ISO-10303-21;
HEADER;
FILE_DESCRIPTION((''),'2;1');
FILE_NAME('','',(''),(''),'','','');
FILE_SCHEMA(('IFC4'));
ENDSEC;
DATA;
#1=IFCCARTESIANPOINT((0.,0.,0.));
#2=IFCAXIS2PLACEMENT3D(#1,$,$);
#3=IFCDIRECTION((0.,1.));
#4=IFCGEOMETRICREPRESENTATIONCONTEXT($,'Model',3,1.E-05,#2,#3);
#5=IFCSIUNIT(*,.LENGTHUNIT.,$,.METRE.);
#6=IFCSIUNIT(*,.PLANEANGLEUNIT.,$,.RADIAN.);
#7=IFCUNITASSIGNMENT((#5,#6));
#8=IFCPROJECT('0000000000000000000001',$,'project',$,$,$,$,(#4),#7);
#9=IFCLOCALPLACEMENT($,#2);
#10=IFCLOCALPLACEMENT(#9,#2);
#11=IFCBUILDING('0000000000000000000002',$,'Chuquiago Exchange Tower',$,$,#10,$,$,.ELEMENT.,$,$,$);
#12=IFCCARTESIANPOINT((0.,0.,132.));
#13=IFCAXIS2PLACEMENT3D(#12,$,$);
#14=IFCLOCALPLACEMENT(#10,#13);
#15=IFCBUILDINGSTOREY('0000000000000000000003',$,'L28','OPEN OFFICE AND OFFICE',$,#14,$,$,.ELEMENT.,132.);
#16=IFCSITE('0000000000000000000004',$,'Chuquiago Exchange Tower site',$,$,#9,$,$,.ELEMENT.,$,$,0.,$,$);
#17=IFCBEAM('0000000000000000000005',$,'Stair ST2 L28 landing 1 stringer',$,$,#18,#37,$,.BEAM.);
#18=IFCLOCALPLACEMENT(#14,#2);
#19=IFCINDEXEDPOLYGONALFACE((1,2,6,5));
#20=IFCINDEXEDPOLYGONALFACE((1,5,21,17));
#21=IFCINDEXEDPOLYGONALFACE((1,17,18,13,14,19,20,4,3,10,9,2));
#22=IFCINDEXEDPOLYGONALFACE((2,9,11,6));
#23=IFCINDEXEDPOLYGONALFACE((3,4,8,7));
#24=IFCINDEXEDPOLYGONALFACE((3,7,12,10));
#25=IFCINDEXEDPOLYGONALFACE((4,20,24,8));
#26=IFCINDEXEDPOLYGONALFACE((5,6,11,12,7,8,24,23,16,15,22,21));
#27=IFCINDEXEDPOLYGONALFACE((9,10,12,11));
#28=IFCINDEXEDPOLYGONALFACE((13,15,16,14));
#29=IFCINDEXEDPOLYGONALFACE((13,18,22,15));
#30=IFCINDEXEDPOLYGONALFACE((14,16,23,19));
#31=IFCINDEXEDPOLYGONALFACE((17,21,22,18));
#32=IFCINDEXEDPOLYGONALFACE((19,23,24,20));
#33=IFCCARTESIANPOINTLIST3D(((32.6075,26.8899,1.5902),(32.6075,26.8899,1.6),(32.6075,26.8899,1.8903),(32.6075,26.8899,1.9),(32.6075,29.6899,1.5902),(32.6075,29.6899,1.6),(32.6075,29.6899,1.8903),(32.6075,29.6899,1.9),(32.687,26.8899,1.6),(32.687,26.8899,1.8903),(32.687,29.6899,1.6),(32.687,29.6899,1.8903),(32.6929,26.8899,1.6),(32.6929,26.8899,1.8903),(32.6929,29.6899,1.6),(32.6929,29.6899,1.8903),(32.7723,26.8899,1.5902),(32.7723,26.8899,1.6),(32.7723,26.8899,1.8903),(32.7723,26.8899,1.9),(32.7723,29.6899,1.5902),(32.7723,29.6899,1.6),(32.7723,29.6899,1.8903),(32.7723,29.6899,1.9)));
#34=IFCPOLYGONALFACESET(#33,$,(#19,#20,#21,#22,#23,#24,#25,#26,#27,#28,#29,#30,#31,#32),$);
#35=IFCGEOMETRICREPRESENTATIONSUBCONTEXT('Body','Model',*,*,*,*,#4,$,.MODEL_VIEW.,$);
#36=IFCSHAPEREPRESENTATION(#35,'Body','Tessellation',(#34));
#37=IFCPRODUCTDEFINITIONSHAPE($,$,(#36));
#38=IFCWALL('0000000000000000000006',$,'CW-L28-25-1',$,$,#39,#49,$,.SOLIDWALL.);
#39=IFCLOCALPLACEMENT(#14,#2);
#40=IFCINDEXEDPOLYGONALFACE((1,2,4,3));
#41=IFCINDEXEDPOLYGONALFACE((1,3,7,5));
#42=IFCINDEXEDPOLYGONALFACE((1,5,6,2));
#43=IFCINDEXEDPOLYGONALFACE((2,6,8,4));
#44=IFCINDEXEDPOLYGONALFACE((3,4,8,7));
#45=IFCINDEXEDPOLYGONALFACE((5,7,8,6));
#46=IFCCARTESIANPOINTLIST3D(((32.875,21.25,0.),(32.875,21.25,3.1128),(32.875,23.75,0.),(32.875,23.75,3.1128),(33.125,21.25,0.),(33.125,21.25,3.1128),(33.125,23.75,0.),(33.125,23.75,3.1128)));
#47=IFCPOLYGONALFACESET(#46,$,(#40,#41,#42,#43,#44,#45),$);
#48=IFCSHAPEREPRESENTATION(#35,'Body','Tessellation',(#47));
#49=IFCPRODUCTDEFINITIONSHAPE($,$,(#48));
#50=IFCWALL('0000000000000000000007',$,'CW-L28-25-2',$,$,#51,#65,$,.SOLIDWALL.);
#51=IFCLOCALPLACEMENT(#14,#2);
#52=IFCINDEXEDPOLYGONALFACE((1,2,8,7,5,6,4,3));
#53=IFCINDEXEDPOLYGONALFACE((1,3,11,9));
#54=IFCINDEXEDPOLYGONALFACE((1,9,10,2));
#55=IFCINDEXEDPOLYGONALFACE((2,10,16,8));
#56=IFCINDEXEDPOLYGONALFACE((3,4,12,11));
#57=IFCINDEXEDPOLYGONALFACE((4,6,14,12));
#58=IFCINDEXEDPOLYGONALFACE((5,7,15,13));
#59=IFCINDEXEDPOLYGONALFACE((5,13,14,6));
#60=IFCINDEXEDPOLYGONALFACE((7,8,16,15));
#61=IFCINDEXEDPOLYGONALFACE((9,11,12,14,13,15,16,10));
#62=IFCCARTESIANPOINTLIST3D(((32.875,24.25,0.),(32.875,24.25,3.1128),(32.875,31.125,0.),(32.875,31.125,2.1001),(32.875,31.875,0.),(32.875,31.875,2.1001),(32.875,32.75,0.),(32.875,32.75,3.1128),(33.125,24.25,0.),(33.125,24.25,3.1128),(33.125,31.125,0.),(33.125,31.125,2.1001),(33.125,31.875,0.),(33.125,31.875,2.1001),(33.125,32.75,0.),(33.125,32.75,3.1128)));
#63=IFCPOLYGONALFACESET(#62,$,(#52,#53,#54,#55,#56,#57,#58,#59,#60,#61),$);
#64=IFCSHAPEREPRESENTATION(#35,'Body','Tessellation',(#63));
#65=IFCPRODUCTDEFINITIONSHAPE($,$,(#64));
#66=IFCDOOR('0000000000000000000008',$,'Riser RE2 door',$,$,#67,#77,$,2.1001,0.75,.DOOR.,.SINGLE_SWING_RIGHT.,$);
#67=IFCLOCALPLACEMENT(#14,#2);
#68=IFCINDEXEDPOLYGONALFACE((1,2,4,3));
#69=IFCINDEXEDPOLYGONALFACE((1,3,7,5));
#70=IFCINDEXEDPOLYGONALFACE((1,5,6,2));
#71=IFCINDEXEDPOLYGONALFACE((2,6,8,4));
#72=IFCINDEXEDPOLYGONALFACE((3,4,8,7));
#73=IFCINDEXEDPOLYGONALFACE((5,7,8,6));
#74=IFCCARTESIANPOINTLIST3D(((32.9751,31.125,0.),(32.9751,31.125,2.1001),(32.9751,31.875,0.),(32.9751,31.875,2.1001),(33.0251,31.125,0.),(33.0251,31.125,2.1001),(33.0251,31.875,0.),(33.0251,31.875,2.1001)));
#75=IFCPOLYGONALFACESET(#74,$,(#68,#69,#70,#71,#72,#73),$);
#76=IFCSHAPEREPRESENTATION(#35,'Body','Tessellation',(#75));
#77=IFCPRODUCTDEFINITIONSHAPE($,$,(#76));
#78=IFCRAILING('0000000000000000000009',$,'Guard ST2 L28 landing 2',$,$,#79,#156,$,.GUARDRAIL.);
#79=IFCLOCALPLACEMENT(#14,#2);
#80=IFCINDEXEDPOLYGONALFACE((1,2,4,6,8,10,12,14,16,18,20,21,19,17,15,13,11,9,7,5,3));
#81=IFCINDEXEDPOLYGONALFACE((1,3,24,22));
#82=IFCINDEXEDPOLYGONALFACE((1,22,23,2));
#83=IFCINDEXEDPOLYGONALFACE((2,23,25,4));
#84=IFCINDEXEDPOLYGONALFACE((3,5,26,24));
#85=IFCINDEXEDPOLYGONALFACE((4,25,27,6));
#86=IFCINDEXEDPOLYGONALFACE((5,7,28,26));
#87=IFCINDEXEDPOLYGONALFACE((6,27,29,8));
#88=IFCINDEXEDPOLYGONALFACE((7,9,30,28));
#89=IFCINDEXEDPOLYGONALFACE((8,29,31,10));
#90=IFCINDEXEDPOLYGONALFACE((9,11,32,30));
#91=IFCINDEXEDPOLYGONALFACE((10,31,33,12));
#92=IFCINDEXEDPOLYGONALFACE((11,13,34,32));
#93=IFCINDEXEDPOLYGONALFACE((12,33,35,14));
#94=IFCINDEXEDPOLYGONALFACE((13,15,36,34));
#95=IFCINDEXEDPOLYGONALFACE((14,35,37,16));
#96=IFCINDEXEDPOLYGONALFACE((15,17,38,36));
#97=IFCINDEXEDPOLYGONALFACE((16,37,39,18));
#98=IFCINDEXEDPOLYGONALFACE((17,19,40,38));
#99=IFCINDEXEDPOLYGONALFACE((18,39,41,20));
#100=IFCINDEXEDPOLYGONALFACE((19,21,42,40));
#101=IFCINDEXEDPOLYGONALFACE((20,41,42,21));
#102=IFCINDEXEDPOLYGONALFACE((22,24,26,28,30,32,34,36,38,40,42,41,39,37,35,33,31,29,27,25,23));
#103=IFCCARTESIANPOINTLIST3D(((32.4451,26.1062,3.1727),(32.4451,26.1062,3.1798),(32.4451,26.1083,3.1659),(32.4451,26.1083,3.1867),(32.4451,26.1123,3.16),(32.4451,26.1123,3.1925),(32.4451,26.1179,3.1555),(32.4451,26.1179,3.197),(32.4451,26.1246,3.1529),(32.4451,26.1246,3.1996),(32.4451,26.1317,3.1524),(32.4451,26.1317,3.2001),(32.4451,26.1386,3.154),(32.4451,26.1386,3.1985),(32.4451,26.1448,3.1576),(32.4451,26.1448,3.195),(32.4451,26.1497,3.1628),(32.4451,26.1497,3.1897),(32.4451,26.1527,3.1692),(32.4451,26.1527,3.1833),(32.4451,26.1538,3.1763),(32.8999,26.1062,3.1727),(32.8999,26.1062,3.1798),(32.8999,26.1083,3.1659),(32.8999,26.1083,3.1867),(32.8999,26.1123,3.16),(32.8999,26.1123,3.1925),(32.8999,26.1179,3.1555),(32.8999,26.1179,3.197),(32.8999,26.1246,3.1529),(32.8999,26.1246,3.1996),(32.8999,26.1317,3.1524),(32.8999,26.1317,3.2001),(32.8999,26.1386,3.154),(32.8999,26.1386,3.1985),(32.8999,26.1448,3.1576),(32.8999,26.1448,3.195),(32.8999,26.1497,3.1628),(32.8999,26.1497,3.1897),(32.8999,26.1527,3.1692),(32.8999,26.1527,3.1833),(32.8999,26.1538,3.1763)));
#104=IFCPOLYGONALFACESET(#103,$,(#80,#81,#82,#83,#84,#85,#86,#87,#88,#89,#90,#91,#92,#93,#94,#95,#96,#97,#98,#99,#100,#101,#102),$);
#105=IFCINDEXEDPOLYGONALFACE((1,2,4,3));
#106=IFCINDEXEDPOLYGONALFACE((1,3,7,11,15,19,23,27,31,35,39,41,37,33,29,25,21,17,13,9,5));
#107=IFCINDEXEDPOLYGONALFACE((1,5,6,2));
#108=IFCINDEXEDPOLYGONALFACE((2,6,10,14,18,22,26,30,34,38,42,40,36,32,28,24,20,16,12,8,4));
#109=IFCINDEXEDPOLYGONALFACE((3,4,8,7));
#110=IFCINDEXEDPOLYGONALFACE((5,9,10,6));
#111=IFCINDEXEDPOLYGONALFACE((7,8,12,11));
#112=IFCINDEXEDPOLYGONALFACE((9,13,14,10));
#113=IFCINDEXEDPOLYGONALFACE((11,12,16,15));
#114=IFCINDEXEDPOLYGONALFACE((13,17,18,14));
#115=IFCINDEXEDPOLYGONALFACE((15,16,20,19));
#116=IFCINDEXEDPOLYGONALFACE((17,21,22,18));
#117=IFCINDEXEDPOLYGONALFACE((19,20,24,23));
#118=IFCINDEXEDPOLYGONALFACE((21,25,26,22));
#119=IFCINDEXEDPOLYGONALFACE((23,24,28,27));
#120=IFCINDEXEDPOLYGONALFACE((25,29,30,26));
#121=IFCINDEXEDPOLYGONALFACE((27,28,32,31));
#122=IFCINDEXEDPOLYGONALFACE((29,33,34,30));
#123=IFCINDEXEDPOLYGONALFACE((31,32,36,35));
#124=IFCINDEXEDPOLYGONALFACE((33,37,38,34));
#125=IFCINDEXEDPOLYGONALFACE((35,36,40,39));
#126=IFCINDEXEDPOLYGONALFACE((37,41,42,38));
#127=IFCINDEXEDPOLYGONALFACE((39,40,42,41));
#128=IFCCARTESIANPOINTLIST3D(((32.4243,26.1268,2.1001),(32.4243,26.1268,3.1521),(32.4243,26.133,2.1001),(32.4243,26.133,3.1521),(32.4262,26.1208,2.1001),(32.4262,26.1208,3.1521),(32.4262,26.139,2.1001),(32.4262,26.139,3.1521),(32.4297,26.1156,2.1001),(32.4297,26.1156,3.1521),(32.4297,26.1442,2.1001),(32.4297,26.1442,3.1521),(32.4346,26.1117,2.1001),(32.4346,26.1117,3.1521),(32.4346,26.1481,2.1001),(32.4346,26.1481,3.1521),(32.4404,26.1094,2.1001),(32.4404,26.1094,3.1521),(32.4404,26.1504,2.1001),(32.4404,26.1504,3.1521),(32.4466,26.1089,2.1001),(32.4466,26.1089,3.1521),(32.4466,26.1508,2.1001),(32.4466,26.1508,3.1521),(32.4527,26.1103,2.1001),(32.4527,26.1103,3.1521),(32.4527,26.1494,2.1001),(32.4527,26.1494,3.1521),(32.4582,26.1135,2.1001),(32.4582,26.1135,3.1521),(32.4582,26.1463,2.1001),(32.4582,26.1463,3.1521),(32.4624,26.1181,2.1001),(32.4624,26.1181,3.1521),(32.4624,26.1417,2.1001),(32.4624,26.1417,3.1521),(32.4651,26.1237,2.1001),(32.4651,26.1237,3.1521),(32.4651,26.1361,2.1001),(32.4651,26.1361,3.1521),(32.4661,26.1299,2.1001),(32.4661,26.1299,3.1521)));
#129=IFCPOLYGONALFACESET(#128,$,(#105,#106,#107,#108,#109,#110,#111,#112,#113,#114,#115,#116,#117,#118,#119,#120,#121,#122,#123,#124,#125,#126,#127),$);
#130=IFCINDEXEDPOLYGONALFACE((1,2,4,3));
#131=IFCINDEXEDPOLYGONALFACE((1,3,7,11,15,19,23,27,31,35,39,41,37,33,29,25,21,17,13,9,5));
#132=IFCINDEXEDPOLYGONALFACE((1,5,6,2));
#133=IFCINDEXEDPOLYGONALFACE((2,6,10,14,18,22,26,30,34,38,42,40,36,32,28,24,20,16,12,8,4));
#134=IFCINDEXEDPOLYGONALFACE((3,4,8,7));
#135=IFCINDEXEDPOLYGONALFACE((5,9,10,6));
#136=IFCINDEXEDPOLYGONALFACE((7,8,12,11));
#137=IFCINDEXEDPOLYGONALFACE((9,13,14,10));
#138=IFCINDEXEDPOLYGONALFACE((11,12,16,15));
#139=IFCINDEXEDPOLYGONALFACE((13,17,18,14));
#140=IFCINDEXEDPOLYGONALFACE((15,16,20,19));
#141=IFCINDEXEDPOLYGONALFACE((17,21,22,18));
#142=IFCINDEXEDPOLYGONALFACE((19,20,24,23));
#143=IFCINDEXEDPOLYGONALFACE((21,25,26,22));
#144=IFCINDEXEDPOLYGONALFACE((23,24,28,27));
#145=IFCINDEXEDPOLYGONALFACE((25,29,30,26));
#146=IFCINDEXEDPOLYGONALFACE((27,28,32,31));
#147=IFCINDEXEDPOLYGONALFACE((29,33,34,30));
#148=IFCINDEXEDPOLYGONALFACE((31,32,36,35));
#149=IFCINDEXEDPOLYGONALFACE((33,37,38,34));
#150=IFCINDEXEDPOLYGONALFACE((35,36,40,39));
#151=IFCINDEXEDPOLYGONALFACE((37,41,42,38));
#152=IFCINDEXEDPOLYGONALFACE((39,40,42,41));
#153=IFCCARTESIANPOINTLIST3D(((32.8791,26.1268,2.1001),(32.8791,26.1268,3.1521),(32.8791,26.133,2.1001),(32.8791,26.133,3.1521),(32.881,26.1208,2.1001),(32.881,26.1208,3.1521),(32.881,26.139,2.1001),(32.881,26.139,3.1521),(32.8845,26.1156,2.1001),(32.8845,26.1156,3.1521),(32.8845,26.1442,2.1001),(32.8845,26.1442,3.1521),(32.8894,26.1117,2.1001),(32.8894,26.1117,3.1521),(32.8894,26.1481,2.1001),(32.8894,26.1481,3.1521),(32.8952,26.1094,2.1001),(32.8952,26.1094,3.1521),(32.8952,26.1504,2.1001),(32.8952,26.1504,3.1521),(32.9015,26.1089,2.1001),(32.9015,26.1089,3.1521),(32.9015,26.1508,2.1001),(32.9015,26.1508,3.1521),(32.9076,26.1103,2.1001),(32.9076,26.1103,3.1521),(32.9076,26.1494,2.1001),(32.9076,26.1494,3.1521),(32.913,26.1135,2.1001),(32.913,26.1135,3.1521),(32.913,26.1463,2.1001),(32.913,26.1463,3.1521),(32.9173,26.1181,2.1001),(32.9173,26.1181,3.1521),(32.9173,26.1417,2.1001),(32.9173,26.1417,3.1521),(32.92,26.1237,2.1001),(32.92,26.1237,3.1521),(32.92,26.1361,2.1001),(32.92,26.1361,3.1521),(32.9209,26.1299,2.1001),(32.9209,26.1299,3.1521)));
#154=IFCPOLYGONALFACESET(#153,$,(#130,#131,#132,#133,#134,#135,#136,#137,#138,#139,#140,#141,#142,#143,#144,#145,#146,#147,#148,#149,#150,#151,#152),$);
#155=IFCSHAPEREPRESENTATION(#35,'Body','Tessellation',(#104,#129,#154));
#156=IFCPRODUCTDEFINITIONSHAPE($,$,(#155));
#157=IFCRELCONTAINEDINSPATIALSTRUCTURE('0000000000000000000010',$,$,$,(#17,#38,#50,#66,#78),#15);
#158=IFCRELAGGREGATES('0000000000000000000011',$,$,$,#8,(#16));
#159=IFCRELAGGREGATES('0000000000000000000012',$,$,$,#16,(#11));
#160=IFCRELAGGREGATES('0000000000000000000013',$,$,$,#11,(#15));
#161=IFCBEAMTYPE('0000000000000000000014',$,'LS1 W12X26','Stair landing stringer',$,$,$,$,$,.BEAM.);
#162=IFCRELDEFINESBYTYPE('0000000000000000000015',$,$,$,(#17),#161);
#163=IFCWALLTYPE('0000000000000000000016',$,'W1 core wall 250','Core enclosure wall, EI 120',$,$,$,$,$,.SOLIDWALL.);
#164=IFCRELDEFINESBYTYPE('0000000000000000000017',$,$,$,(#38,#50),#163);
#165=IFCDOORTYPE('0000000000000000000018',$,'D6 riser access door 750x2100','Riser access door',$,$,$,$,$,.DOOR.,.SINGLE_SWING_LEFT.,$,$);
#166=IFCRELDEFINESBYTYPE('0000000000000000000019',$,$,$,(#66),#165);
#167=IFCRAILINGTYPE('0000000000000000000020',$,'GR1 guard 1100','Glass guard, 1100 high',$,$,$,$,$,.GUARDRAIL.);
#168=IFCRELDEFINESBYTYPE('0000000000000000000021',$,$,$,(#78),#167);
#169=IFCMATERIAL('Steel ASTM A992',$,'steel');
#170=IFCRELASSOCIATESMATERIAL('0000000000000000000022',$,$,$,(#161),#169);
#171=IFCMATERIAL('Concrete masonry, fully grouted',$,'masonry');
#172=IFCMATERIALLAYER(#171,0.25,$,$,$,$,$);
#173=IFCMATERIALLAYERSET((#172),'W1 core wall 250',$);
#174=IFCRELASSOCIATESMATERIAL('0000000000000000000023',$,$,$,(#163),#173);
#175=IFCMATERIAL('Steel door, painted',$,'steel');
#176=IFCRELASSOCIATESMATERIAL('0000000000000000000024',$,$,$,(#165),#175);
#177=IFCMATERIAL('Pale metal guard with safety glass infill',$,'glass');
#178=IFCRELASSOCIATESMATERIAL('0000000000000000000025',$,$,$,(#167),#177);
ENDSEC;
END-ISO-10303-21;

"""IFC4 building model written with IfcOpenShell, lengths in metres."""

from ifc_helpers import new_model, si_unit, direction, frame, frame_2d, origin, origin_2d, place, context, subcontext, project, spatial, rectangle, circle, i_section, extrude, material, layer, layer_set, material_profile, profile_set, type_object, element, fill, save


model = new_model("IFC4")

# Units and contexts
model_context = context("Model", 3, precision=1e-05, world=origin(), true_north=direction((0.0, 1.0)))
body_context = subcontext(model_context, "Body", "Model", "MODEL_VIEW")
ifc_project = project(units=[si_unit("LENGTHUNIT", "METRE"), si_unit("PLANEANGLEUNIT", "RADIAN")], contexts=[model_context])

# Site, building, storey
site_placement = place(None, origin())
site = spatial("IfcSite", under=ifc_project, at=site_placement, Name="Chuquiago Exchange Tower site", CompositionType="ELEMENT", RefElevation=0.0)
building_placement = place(site_placement, origin())
building = spatial("IfcBuilding", under=site, at=building_placement, Name="Chuquiago Exchange Tower", CompositionType="ELEMENT")
storey_placement = place(building_placement, frame((0.0, 0.0, 132.0)))
storey = spatial("IfcBuildingStorey", under=building, at=storey_placement, Name="L28", Description="OPEN OFFICE AND OFFICE", CompositionType="ELEMENT", Elevation=132.0)

# Beam
ifc_material_1 = material(Name="Steel ASTM A992", Category="steel")
ifc_material_profile_1 = material_profile(ifc_material_1, i_section(OverallWidth=0.1648, OverallDepth=0.3098, WebThickness=0.0059, FlangeThickness=0.0098, at=origin_2d()), Name="W12X26")
ifc_profile_set_1 = profile_set([ifc_material_profile_1], Name="Steel ASTM A992")
beam_type_1 = type_object("IfcBeamType", Name="LS1 W12X26", Description="Stair landing stringer", PredefinedType="BEAM", material=ifc_profile_set_1)
beam_1_placement = place(storey_placement, frame((32.6899, 26.8899, 1.7451), z_axis=(0.0, 1.0, 0.0), x_axis=(-1.0, 0.0, 0.0)))
element("IfcBeam", 1, at=beam_1_placement, inside=storey, type_object=beam_type_1, Name="Stair ST2 L28 landing 1 stringer", PredefinedType="BEAM", context=body_context, shape_type="SweptSolid", body=[
    extrude(i_section(OverallWidth=0.1648, OverallDepth=0.3098, WebThickness=0.0059, FlangeThickness=0.0098, at=origin_2d()), origin(), (0.0, 0.0, 1.0), 2.8),
])

# Wall
ifc_material_2 = material(Name="Concrete masonry, fully grouted", Category="masonry")
ifc_layer_1 = layer(ifc_material_2, 0.25)
ifc_layer_set_1 = layer_set([ifc_layer_1], Name="W1 core wall 250")
wall_type_1 = type_object("IfcWallType", Name="W1 core wall 250", Description="Core enclosure wall, EI 120", PredefinedType="SOLIDWALL", material=ifc_layer_set_1)
wall_1_placement = place(storey_placement, frame((33.0, 21.25, 0.0), z_axis=(0.0, 0.0, 1.0), x_axis=(0.0, 1.0, 0.0)))
element("IfcWall", 2, at=wall_1_placement, inside=storey, type_object=wall_type_1, Name="CW-L28-25-1", PredefinedType="SOLIDWALL", context=body_context, shape_type="SweptSolid", body=[
    extrude(rectangle(XDim=2.5, YDim=0.25, at=frame_2d((1.25, 0.0))), origin(), (0.0, 0.0, 1.0), 3.1128),
])

# Wall, opening, door
wall_2_placement = place(storey_placement, frame((33.0, 24.25, 0.0), z_axis=(0.0, 0.0, 1.0), x_axis=(0.0, 1.0, 0.0)))
wall_2 = element("IfcWall", 3, at=wall_2_placement, inside=storey, type_object=wall_type_1, Name="CW-L28-25-2", PredefinedType="SOLIDWALL", context=body_context, shape_type="SweptSolid", body=[
    extrude(rectangle(XDim=8.5, YDim=0.25, at=frame_2d((4.25, 0.0))), origin(), (0.0, 0.0, 1.0), 3.1128),
])
opening_1_placement = place(wall_2_placement, frame((6.875, 0.0, 0.0)))
opening_1 = element("IfcOpeningElement", 4, at=opening_1_placement, cuts=wall_2, PredefinedType="OPENING", context=body_context, shape_type="SweptSolid", body=[
    extrude(rectangle(XDim=0.75, YDim=2.1001, at=frame_2d((0.375, 1.05))), frame((0.0, 0.135, 0.0), z_axis=(0.0, -1.0, 0.0), x_axis=(1.0, 0.0, 0.0)), (0.0, 0.0, 1.0), 0.27),
])
ifc_material_3 = material(Name="Steel door, painted", Category="steel")
door_type_1 = type_object("IfcDoorType", Name="D6 riser access door 750x2100", Description="Riser access door", OperationType="SINGLE_SWING_LEFT", PredefinedType="DOOR", material=ifc_material_3)
door_1_placement = place(opening_1_placement, origin())
door_1 = element("IfcDoor", 5, at=door_1_placement, inside=storey, type_object=door_type_1, Name="Riser RE2 door", OperationType="SINGLE_SWING_RIGHT", OverallHeight=2.1001, OverallWidth=0.75, PredefinedType="DOOR", context=body_context, shape_type="SweptSolid", body=[
    extrude(rectangle(XDim=0.75, YDim=2.1001, at=frame_2d((0.375, 1.05))), frame((0.0, 0.0249, 0.0), z_axis=(0.0, -1.0, 0.0), x_axis=(1.0, 0.0, 0.0)), (0.0, 0.0, 1.0), 0.05),
])
fill(opening_1, door_1)

# Railing
ifc_material_4 = material(Name="Pale metal guard with safety glass infill", Category="glass")
railing_type_1 = type_object("IfcRailingType", Name="GR1 guard 1100", Description="Glass guard, 1100 high", PredefinedType="GUARDRAIL", material=ifc_material_4)
railing_1_placement = place(storey_placement, frame((32.4451, 26.1299, 2.1001)))
element("IfcRailing", 6, at=railing_1_placement, inside=storey, type_object=railing_type_1, Name="Guard ST2 L28 landing 2", PredefinedType="GUARDRAIL", context=body_context, shape_type="SweptSolid", body=[
    extrude(circle(Radius=0.0239, at=origin_2d()), frame((0.0, 0.0, 1.0762), z_axis=(1.0, 0.0, 0.0), x_axis=(0.0, 1.0, 0.0)), (0.0, 0.0, 1.0), 0.4548),
    extrude(circle(Radius=0.021, at=origin_2d()), origin(), (0.0, 0.0, 1.0), 1.052),
    extrude(circle(Radius=0.021, at=origin_2d()), frame((0.4548, 0.0, 0.0)), (0.0, 0.0, 1.0), 1.052),
])

save(model, "model.ifc")
